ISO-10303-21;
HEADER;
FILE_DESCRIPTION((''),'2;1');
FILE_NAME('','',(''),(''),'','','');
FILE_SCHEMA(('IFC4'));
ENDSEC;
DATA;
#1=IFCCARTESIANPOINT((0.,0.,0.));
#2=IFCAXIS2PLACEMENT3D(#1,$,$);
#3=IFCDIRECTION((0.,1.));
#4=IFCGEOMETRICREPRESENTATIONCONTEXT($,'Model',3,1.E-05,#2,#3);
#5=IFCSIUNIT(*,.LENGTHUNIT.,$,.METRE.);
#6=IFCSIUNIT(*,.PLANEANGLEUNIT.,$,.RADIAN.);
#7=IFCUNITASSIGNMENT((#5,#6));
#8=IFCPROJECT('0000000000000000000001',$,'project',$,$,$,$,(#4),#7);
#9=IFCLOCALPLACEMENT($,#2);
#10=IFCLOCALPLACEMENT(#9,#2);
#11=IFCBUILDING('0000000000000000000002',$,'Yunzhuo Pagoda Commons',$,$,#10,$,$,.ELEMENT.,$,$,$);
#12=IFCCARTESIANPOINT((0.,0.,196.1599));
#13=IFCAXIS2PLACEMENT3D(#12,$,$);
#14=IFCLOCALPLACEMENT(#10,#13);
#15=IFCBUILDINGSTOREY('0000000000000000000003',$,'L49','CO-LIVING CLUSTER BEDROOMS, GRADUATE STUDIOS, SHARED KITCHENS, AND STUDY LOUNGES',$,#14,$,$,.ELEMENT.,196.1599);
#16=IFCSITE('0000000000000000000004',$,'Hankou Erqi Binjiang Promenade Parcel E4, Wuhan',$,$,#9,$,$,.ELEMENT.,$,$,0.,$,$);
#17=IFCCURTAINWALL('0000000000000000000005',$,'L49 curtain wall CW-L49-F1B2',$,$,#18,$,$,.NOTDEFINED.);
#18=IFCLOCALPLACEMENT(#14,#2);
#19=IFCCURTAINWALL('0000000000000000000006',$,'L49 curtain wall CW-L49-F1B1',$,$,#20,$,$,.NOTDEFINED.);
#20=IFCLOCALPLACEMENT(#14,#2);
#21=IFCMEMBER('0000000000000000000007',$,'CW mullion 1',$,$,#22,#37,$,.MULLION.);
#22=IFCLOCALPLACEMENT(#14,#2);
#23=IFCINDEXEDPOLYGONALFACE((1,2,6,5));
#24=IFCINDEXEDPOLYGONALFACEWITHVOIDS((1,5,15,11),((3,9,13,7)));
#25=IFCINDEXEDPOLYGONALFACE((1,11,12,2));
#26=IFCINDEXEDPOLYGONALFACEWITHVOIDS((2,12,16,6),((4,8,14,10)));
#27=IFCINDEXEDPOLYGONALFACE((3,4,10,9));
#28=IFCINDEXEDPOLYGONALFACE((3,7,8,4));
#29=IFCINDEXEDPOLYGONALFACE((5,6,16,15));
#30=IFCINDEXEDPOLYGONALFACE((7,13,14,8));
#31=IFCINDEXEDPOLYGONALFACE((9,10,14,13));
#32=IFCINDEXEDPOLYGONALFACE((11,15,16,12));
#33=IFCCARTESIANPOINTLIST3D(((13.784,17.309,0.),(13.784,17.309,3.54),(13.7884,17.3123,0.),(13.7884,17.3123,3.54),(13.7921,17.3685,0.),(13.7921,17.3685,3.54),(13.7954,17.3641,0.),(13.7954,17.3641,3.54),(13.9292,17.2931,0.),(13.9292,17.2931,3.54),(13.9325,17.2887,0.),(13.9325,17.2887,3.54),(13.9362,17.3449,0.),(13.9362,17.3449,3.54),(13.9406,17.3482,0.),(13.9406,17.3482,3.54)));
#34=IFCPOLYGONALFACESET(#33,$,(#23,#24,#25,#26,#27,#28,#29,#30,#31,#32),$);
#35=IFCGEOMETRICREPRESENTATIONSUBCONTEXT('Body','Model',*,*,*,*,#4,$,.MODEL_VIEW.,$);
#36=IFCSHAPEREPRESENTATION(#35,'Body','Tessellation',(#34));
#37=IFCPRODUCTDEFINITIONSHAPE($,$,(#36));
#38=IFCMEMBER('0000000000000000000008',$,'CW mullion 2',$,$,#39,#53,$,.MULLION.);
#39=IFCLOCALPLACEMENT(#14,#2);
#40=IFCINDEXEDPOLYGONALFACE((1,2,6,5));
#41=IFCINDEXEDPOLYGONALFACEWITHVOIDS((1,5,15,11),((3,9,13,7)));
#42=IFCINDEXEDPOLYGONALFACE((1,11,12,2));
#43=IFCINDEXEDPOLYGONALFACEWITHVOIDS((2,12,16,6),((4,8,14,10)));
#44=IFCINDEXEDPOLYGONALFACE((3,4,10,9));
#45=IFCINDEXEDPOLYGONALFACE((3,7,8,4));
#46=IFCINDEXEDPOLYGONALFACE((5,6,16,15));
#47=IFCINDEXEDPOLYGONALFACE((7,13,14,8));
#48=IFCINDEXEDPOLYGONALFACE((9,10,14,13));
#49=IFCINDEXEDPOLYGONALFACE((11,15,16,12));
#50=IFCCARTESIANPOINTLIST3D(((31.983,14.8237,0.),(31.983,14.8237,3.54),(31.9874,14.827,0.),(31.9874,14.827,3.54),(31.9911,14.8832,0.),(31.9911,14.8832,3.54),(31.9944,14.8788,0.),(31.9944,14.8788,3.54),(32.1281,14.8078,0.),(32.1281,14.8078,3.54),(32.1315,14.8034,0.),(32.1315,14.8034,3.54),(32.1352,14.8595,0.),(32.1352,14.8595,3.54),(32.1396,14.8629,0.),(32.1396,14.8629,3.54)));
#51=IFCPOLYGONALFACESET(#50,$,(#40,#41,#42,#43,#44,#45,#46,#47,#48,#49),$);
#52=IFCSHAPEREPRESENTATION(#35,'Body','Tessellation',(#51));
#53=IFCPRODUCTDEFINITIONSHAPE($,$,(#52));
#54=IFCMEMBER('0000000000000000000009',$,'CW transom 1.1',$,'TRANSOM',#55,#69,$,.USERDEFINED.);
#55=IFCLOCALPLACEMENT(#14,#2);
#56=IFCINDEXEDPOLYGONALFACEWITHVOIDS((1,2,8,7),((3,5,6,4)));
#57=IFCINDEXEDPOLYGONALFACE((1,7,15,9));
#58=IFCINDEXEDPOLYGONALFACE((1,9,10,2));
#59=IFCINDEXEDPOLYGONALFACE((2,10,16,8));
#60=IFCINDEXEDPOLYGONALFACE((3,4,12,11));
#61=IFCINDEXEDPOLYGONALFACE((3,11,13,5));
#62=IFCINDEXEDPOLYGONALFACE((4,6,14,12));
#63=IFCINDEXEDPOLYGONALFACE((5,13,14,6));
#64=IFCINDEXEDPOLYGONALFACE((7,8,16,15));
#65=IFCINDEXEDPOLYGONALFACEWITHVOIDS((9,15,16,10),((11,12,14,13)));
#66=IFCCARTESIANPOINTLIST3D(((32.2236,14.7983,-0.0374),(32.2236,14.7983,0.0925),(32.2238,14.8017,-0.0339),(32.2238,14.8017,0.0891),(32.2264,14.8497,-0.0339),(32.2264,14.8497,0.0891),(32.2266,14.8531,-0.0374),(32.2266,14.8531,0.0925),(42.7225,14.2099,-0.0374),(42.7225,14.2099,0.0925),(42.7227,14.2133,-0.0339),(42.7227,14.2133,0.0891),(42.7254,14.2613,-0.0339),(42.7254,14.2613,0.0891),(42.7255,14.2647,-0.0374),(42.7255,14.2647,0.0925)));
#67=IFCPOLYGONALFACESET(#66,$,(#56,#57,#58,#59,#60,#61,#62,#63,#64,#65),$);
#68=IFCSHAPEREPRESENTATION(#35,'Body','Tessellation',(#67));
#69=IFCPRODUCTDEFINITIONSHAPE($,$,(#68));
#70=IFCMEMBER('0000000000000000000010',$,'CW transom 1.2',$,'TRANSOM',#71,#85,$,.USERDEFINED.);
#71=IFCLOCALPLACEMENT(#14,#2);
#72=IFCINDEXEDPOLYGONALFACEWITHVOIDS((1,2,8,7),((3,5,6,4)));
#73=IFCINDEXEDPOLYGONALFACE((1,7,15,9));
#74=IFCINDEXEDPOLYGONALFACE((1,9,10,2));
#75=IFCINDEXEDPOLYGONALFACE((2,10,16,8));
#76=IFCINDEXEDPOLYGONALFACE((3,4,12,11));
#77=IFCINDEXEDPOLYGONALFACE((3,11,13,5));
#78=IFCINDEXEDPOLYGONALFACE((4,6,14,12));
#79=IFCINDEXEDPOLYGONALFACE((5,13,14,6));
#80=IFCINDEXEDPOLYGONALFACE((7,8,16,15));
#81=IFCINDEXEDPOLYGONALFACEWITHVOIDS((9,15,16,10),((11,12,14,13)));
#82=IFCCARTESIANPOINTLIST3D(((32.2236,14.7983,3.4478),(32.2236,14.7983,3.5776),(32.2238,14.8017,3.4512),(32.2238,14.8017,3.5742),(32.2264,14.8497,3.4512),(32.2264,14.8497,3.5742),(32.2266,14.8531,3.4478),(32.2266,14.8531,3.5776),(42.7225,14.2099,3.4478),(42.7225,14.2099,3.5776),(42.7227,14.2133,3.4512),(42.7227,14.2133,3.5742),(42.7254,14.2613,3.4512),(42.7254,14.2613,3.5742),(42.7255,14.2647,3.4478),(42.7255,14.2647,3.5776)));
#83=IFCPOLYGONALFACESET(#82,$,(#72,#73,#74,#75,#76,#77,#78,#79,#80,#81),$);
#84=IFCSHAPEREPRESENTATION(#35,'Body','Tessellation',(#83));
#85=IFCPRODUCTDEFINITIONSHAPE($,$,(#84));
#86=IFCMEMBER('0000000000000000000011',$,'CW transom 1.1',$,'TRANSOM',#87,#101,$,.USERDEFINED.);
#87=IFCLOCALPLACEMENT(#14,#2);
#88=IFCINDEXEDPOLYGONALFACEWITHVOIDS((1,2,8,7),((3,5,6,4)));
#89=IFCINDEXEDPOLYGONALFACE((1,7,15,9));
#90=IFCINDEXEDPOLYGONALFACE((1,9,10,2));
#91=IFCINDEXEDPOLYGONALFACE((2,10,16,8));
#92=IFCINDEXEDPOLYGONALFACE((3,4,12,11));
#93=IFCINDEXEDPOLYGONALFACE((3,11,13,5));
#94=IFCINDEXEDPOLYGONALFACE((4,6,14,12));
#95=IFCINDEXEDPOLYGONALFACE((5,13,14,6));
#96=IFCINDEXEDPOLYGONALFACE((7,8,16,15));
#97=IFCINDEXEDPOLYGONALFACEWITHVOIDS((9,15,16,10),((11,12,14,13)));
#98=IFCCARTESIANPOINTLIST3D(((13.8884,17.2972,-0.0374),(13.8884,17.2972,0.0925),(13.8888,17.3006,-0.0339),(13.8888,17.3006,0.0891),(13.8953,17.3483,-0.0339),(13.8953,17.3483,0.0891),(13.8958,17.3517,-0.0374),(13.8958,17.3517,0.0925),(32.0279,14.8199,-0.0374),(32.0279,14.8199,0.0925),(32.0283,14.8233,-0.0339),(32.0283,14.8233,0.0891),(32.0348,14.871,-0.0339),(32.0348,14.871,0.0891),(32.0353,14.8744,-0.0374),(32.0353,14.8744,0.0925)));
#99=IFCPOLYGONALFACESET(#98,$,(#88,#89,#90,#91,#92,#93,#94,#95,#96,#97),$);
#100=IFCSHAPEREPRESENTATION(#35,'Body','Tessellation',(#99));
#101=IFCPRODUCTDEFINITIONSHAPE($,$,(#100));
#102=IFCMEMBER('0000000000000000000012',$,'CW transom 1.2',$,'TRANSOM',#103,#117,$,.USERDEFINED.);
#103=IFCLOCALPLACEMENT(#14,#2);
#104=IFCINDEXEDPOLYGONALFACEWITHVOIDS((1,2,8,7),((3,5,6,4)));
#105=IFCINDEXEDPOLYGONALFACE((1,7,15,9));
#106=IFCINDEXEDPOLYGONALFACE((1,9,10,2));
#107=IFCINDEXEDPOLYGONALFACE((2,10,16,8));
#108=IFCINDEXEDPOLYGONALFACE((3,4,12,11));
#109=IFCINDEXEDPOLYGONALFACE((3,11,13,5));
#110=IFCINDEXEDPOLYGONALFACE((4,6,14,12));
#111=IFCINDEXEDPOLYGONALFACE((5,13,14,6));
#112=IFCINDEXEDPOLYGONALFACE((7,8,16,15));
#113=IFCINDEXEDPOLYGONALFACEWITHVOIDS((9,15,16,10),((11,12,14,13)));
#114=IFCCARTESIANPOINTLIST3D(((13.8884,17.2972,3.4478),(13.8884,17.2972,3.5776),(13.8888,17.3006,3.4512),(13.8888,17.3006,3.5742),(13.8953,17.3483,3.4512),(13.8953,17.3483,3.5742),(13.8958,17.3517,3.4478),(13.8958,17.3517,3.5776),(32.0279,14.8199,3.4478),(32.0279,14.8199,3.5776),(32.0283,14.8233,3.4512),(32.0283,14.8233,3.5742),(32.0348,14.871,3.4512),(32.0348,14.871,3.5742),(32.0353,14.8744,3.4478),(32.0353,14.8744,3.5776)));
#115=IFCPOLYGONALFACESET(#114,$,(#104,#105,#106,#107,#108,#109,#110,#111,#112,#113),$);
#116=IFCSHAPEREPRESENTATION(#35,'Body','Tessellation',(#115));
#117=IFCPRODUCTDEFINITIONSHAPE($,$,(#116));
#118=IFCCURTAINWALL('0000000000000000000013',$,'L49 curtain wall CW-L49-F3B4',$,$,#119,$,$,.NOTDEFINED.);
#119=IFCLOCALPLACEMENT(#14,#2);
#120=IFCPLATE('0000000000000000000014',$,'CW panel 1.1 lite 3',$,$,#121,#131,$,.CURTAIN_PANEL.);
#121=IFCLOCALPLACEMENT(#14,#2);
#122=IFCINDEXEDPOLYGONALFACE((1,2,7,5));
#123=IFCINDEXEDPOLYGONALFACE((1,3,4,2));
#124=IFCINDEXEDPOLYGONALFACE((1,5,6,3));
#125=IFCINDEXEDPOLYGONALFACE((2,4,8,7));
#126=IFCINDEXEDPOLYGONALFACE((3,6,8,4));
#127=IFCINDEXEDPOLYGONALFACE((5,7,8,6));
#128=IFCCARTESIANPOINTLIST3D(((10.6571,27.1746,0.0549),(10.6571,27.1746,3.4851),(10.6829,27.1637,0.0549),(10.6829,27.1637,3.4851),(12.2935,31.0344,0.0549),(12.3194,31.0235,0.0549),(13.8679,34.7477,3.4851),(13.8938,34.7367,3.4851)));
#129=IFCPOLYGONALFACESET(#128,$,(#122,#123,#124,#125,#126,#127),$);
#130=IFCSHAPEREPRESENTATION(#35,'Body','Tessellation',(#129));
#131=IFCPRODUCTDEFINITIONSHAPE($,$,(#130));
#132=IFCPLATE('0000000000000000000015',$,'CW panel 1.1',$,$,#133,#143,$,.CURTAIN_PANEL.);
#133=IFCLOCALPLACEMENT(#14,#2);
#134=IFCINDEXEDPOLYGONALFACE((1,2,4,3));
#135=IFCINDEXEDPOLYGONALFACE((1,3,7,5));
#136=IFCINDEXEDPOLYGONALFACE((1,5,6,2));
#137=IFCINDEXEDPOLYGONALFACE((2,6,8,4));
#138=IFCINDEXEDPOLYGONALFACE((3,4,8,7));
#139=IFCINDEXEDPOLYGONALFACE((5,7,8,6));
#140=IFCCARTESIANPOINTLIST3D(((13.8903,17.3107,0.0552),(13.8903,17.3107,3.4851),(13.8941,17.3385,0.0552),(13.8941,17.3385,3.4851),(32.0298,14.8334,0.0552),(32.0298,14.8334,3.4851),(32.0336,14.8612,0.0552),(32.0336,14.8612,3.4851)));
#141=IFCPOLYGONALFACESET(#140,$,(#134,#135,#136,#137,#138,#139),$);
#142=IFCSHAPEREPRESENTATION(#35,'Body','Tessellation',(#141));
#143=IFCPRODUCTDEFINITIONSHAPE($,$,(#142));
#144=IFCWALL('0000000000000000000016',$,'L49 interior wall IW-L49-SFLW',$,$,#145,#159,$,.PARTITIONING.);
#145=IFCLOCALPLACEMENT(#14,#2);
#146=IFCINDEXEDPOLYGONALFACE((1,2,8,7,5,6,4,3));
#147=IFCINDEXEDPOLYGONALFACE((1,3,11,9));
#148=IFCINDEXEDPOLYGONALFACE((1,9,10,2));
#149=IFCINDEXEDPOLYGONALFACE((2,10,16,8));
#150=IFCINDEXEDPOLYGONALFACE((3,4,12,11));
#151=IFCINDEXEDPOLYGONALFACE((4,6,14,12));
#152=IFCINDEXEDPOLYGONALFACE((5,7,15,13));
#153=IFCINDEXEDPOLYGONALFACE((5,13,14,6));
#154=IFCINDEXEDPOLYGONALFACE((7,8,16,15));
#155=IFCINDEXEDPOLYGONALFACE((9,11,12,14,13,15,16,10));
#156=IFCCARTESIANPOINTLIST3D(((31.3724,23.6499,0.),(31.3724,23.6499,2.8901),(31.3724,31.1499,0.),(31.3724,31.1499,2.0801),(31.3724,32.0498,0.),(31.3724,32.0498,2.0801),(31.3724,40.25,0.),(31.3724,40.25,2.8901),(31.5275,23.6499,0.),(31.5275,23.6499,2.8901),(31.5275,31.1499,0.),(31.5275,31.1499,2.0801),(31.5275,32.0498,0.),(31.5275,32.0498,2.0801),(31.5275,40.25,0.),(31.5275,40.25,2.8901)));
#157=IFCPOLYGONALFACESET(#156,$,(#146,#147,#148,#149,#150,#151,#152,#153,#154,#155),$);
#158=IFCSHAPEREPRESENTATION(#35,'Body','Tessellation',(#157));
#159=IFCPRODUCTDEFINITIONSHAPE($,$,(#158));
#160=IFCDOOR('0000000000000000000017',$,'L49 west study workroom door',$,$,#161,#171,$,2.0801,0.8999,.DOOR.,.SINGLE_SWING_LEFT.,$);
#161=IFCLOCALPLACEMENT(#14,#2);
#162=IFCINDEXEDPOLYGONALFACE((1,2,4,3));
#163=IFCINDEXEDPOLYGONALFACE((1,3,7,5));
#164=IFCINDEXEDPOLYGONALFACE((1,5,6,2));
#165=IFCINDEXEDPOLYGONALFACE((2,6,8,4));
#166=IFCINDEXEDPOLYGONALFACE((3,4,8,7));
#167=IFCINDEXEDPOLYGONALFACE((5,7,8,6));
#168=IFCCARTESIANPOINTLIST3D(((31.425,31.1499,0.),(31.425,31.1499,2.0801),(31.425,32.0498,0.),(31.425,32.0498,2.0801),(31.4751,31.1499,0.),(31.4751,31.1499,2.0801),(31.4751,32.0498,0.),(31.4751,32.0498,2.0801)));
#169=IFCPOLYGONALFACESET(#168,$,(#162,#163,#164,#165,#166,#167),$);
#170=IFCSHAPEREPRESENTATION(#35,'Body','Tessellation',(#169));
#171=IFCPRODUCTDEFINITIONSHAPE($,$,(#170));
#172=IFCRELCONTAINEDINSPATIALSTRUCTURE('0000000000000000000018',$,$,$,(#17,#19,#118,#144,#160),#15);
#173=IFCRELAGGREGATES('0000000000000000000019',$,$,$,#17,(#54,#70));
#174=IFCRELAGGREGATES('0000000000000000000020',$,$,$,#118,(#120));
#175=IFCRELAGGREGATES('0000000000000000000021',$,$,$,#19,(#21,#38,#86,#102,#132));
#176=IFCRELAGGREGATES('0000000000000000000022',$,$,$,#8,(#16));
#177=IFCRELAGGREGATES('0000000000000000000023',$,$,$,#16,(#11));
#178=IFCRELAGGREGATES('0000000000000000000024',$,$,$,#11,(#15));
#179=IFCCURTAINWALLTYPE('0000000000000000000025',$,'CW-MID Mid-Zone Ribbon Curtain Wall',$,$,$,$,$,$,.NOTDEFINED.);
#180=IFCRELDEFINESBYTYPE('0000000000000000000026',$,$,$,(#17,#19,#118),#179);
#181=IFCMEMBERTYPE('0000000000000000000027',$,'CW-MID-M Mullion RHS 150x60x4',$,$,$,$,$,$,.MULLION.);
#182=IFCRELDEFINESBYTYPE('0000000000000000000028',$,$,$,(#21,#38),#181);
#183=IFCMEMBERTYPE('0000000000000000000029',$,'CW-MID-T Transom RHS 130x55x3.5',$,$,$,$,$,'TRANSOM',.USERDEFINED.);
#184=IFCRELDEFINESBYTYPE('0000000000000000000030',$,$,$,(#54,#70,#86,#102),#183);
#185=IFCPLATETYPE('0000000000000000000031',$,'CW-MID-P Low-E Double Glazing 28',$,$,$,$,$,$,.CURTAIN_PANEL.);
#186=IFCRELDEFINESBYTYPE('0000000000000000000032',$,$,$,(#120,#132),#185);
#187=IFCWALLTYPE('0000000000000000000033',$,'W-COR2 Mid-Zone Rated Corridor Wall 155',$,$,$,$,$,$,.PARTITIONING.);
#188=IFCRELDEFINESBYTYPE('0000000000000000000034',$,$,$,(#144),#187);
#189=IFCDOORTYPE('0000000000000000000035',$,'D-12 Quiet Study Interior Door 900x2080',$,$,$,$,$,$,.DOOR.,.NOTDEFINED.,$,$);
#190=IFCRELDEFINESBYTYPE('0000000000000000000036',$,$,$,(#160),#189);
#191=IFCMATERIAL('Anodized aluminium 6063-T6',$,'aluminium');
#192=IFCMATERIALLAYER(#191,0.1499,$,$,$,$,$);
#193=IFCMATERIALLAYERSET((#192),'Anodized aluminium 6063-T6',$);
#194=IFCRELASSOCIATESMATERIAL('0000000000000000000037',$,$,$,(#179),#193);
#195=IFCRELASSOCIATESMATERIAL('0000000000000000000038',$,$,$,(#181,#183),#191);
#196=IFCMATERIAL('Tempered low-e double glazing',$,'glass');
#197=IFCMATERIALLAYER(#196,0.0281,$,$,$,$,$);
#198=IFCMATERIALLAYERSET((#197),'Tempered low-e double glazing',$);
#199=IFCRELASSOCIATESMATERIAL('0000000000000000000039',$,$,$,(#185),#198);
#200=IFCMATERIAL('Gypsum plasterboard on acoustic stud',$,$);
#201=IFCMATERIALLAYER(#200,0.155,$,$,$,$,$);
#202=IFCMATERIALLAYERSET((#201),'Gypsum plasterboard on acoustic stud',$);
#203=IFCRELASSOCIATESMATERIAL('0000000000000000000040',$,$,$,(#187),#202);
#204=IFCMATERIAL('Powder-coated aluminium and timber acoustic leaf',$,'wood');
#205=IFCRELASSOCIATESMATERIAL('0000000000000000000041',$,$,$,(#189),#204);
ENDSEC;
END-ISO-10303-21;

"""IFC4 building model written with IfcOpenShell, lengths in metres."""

from ifc_helpers import new_model, si_unit, direction, frame, frame_2d, origin, origin_with_axes, origin_2d, place, context, subcontext, project, spatial, polyline, rectangle, hollow_rectangle, outline, extrude, source, transform, mapped, material, layer, layer_set, material_profile, profile_set, type_object, element, fill, aggregate, save


model = new_model("IFC4")

# Units and contexts
model_context = context("Model", 3, precision=1e-05, world=origin(), true_north=direction((0.0, 1.0)))
body_context = subcontext(model_context, "Body", "Model", "MODEL_VIEW")
ifc_project = project(units=[si_unit("LENGTHUNIT", "METRE"), si_unit("PLANEANGLEUNIT", "RADIAN")], contexts=[model_context])

# Site, building, storey
site_placement = place(None, origin())
site = spatial("IfcSite", under=ifc_project, at=site_placement, Name="Hankou Erqi Binjiang Promenade Parcel E4, Wuhan", CompositionType="ELEMENT", RefElevation=0.0)
building_placement = place(site_placement, origin())
building = spatial("IfcBuilding", under=site, at=building_placement, Name="Yunzhuo Pagoda Commons", CompositionType="ELEMENT")
storey_placement = place(building_placement, frame((0.0, 0.0, 196.1599)))
storey = spatial("IfcBuildingStorey", under=building, at=storey_placement, Name="L49", Description="CO-LIVING CLUSTER BEDROOMS, GRADUATE STUDIOS, SHARED KITCHENS, AND STUDY LOUNGES", CompositionType="ELEMENT", Elevation=196.1599)

# Curtain wall
ifc_material_1 = material(Name="Anodized aluminium 6063-T6", Category="aluminium")
ifc_layer_1 = layer(ifc_material_1, 0.1499)
ifc_layer_set_1 = layer_set([ifc_layer_1], Name="Anodized aluminium 6063-T6")
curtain_wall_type = type_object("IfcCurtainWallType", Name="CW-MID Mid-Zone Ribbon Curtain Wall", PredefinedType="NOTDEFINED", material=ifc_layer_set_1)
curtain_wall_1_placement = place(storey_placement, origin())
curtain_wall_1 = element("IfcCurtainWall", 1, at=curtain_wall_1_placement, inside=storey, type_object=curtain_wall_type, Name="L49 curtain wall CW-L49-F1B2", PredefinedType="NOTDEFINED")
ifc_material_profile_1 = material_profile(ifc_material_1, hollow_rectangle(XDim=0.0601, YDim=0.1499, WallThickness=0.0039, at=origin_2d()), Name="Anodized aluminium 6063-T6")
ifc_profile_set_1 = profile_set([ifc_material_profile_1], Name="Anodized aluminium 6063-T6")
member_type_1 = type_object("IfcMemberType", Name="CW-MID-M Mullion RHS 150x60x4", PredefinedType="MULLION", material=ifc_profile_set_1)
shared_shape_1 = source(origin(), body_context, "Body", "SweptSolid", [
    extrude(hollow_rectangle(XDim=0.0601, YDim=0.1499, WallThickness=0.0039, at=origin_2d()), origin(), (0.0, 0.0, 1.0), 3.54),
])

# Curtain wall, members
curtain_wall_2_placement = place(storey_placement, origin())
curtain_wall_2 = element("IfcCurtainWall", 2, at=curtain_wall_2_placement, inside=storey, type_object=curtain_wall_type, Name="L49 curtain wall CW-L49-F1B1", PredefinedType="NOTDEFINED")
member_1_placement = place(storey_placement, frame((13.8623, 17.3286, 0.0), z_axis=(0.0, 0.0, 1.0), x_axis=(0.135312, 0.990803, 0.0)))
member_1 = element("IfcMember", 3, at=member_1_placement, type_object=member_type_1, Name="CW mullion 1", PredefinedType="MULLION", context=body_context, shape_type="MappedRepresentation", body=[
    mapped(shared_shape_1, transform((0.0, 0.0, 0.0), scale=1.0)),
])
member_2_placement = place(storey_placement, frame((32.0613, 14.8433, 0.0), z_axis=(0.0, 0.0, 1.0), x_axis=(0.135312, 0.990803, 0.0)))
member_2 = element("IfcMember", 4, at=member_2_placement, type_object=member_type_1, Name="CW mullion 2", PredefinedType="MULLION", context=body_context, shape_type="MappedRepresentation", body=[
    mapped(shared_shape_1, transform((0.0, 0.0, 0.0), scale=1.0)),
])

# Members
ifc_material_profile_2 = material_profile(ifc_material_1, hollow_rectangle(XDim=0.0549, YDim=0.1299, WallThickness=0.0034, at=origin_2d()), Name="Anodized aluminium 6063-T6")
ifc_profile_set_2 = profile_set([ifc_material_profile_2], Name="Anodized aluminium 6063-T6")
member_type_2 = type_object("IfcMemberType", Name="CW-MID-T Transom RHS 130x55x3.5", ElementType="TRANSOM", PredefinedType="USERDEFINED", material=ifc_profile_set_2)
shared_shape_2 = source(origin(), body_context, "Body", "SweptSolid", [
    extrude(hollow_rectangle(XDim=0.0549, YDim=0.1299, WallThickness=0.0034, at=origin_2d()), origin(), (0.0, 0.0, 1.0), 10.5154),
])
member_3_placement = place(storey_placement, frame((32.2251, 14.8257, 0.0276), z_axis=(0.998433, -0.055954, 0.0), x_axis=(0.055954, 0.998433, 0.0)))
member_3 = element("IfcMember", 5, at=member_3_placement, type_object=member_type_2, Name="CW transom 1.1", ObjectType="TRANSOM", PredefinedType="USERDEFINED", context=body_context, shape_type="MappedRepresentation", body=[
    mapped(shared_shape_2, transform((0.0, 0.0, 0.0), scale=1.0)),
])
member_4_placement = place(storey_placement, frame((32.2251, 14.8257, 3.5127), z_axis=(0.998433, -0.055954, 0.0), x_axis=(0.055954, 0.998433, 0.0)))
member_4 = element("IfcMember", 6, at=member_4_placement, type_object=member_type_2, Name="CW transom 1.2", ObjectType="TRANSOM", PredefinedType="USERDEFINED", context=body_context, shape_type="MappedRepresentation", body=[
    mapped(shared_shape_2, transform((0.0, 0.0, 0.0), scale=1.0)),
])
aggregate(curtain_wall_1, [member_3, member_4])
shared_shape_3 = source(origin(), body_context, "Body", "SweptSolid", [
    extrude(hollow_rectangle(XDim=0.0549, YDim=0.1299, WallThickness=0.0034, at=origin_2d()), origin(), (0.0, 0.0, 1.0), 18.3079),
])
member_5_placement = place(storey_placement, frame((13.8921, 17.3245, 0.0276), z_axis=(0.990803, -0.135314, 0.0), x_axis=(0.135314, 0.990803, 0.0)))
member_5 = element("IfcMember", 7, at=member_5_placement, type_object=member_type_2, Name="CW transom 1.1", ObjectType="TRANSOM", PredefinedType="USERDEFINED", context=body_context, shape_type="MappedRepresentation", body=[
    mapped(shared_shape_3, transform((0.0, 0.0, 0.0), scale=1.0)),
])
member_6_placement = place(storey_placement, frame((13.8921, 17.3245, 3.5127), z_axis=(0.990803, -0.135314, 0.0), x_axis=(0.135314, 0.990803, 0.0)))
member_6 = element("IfcMember", 8, at=member_6_placement, type_object=member_type_2, Name="CW transom 1.2", ObjectType="TRANSOM", PredefinedType="USERDEFINED", context=body_context, shape_type="MappedRepresentation", body=[
    mapped(shared_shape_3, transform((0.0, 0.0, 0.0), scale=1.0)),
])

# Curtain wall, plate
curtain_wall_3_placement = place(storey_placement, origin())
curtain_wall_3 = element("IfcCurtainWall", 9, at=curtain_wall_3_placement, inside=storey, type_object=curtain_wall_type, Name="L49 curtain wall CW-L49-F3B4", PredefinedType="NOTDEFINED")
ifc_material_2 = material(Name="Tempered low-e double glazing", Category="glass")
ifc_layer_2 = layer(ifc_material_2, 0.0281)
ifc_layer_set_2 = layer_set([ifc_layer_2], Name="Tempered low-e double glazing")
plate_type = type_object("IfcPlateType", Name="CW-MID-P Low-E Double Glazing 28", PredefinedType="CURTAIN_PANEL", material=ifc_layer_set_2)
plate_1_placement = place(storey_placement, frame((12.2883, 30.9502, 1.77), z_axis=(-0.920667, 0.39035, 0.0), x_axis=(-0.39035, -0.920667, 0.0)))
plate_1 = element("IfcPlate", 10, at=plate_1_placement, type_object=plate_type, Name="CW panel 1.1 lite 3", PredefinedType="CURTAIN_PANEL", context=body_context, shape_type="SweptSolid", body=[
    extrude(outline(polyline([(-4.1128, 1.7151), (-0.0796, -1.7151), (4.1128, -1.7151), (4.1128, 1.7151), (-4.1128, 1.7151)])), origin(), (0.0, 0.0, 1.0), 0.0281),
])
aggregate(curtain_wall_3, [plate_1])

# Plate
shared_shape_4 = source(origin(), body_context, "Body", "SweptSolid", [
    extrude(rectangle(XDim=18.3079, YDim=0.0281, at=origin_2d()), origin(), (0.0, 0.0, 1.0), 3.4299),
])
plate_2_placement = place(storey_placement, frame((22.9619, 16.0859, 0.0552), z_axis=(0.0, 0.0, 1.0), x_axis=(0.990803, -0.135312, 0.0)))
plate_2 = element("IfcPlate", 11, at=plate_2_placement, type_object=plate_type, Name="CW panel 1.1", PredefinedType="CURTAIN_PANEL", context=body_context, shape_type="MappedRepresentation", body=[
    mapped(shared_shape_4, transform((0.0, 0.0, 0.0), scale=1.0)),
])
aggregate(curtain_wall_2, [member_1, member_2, member_5, member_6, plate_2])

# Wall, opening, door
ifc_material_3 = material(Name="Gypsum plasterboard on acoustic stud")
ifc_layer_3 = layer(ifc_material_3, 0.155)
ifc_layer_set_3 = layer_set([ifc_layer_3], Name="Gypsum plasterboard on acoustic stud")
wall_type_1 = type_object("IfcWallType", Name="W-COR2 Mid-Zone Rated Corridor Wall 155", PredefinedType="PARTITIONING", material=ifc_layer_set_3)
wall_1_placement = place(storey_placement, frame((31.45, 23.6499, 0.0), z_axis=(0.0, 0.0, 1.0), x_axis=(0.0, 1.0, 0.0)))
wall_1 = element("IfcWall", 12, at=wall_1_placement, inside=storey, type_object=wall_type_1, Name="L49 interior wall IW-L49-SFLW", PredefinedType="PARTITIONING", context=body_context, shape_type="SweptSolid", body=[
    extrude(rectangle(XDim=16.6001, YDim=0.155, at=frame_2d((8.3, 0.0))), origin(), (0.0, 0.0, 1.0), 2.8901),
])
opening_1_placement = place(wall_1_placement, frame((7.5, 0.0, 0.0)))
opening_1 = element("IfcOpeningElement", 13, at=opening_1_placement, cuts=wall_1, PredefinedType="OPENING", context=body_context, shape_type="SweptSolid", body=[
    extrude(rectangle(XDim=0.8999, YDim=2.0801, at=frame_2d((0.45, 1.04))), frame((0.0, 0.0874, 0.0), z_axis=(0.0, -1.0, 0.0), x_axis=(1.0, 0.0, 0.0)), (0.0, 0.0, 1.0), 0.175),
])
ifc_material_4 = material(Name="Powder-coated aluminium and timber acoustic leaf", Category="wood")
door_type_1 = type_object("IfcDoorType", Name="D-12 Quiet Study Interior Door 900x2080", OperationType="NOTDEFINED", PredefinedType="DOOR", material=ifc_material_4)
shared_shape_5 = source(origin(), body_context, "Body", "SweptSolid", [
    extrude(rectangle(XDim=0.8999, YDim=2.0801, at=frame_2d((0.45, 1.04))), frame((0.0, 0.0249, 0.0), z_axis=(0.0, -1.0, 0.0), x_axis=(1.0, 0.0, 0.0)), (0.0, 0.0, 1.0), 0.05),
])
door_1_placement = place(opening_1_placement, origin_with_axes())
door_1 = element("IfcDoor", 14, at=door_1_placement, inside=storey, type_object=door_type_1, Name="L49 west study workroom door", OperationType="SINGLE_SWING_LEFT", OverallHeight=2.0801, OverallWidth=0.8999, PredefinedType="DOOR", context=body_context, shape_type="MappedRepresentation", body=[
    mapped(shared_shape_5, transform((0.0, 0.0, 0.0), scale=1.0)),
])
fill(opening_1, door_1)

save(model, "model.ifc")
